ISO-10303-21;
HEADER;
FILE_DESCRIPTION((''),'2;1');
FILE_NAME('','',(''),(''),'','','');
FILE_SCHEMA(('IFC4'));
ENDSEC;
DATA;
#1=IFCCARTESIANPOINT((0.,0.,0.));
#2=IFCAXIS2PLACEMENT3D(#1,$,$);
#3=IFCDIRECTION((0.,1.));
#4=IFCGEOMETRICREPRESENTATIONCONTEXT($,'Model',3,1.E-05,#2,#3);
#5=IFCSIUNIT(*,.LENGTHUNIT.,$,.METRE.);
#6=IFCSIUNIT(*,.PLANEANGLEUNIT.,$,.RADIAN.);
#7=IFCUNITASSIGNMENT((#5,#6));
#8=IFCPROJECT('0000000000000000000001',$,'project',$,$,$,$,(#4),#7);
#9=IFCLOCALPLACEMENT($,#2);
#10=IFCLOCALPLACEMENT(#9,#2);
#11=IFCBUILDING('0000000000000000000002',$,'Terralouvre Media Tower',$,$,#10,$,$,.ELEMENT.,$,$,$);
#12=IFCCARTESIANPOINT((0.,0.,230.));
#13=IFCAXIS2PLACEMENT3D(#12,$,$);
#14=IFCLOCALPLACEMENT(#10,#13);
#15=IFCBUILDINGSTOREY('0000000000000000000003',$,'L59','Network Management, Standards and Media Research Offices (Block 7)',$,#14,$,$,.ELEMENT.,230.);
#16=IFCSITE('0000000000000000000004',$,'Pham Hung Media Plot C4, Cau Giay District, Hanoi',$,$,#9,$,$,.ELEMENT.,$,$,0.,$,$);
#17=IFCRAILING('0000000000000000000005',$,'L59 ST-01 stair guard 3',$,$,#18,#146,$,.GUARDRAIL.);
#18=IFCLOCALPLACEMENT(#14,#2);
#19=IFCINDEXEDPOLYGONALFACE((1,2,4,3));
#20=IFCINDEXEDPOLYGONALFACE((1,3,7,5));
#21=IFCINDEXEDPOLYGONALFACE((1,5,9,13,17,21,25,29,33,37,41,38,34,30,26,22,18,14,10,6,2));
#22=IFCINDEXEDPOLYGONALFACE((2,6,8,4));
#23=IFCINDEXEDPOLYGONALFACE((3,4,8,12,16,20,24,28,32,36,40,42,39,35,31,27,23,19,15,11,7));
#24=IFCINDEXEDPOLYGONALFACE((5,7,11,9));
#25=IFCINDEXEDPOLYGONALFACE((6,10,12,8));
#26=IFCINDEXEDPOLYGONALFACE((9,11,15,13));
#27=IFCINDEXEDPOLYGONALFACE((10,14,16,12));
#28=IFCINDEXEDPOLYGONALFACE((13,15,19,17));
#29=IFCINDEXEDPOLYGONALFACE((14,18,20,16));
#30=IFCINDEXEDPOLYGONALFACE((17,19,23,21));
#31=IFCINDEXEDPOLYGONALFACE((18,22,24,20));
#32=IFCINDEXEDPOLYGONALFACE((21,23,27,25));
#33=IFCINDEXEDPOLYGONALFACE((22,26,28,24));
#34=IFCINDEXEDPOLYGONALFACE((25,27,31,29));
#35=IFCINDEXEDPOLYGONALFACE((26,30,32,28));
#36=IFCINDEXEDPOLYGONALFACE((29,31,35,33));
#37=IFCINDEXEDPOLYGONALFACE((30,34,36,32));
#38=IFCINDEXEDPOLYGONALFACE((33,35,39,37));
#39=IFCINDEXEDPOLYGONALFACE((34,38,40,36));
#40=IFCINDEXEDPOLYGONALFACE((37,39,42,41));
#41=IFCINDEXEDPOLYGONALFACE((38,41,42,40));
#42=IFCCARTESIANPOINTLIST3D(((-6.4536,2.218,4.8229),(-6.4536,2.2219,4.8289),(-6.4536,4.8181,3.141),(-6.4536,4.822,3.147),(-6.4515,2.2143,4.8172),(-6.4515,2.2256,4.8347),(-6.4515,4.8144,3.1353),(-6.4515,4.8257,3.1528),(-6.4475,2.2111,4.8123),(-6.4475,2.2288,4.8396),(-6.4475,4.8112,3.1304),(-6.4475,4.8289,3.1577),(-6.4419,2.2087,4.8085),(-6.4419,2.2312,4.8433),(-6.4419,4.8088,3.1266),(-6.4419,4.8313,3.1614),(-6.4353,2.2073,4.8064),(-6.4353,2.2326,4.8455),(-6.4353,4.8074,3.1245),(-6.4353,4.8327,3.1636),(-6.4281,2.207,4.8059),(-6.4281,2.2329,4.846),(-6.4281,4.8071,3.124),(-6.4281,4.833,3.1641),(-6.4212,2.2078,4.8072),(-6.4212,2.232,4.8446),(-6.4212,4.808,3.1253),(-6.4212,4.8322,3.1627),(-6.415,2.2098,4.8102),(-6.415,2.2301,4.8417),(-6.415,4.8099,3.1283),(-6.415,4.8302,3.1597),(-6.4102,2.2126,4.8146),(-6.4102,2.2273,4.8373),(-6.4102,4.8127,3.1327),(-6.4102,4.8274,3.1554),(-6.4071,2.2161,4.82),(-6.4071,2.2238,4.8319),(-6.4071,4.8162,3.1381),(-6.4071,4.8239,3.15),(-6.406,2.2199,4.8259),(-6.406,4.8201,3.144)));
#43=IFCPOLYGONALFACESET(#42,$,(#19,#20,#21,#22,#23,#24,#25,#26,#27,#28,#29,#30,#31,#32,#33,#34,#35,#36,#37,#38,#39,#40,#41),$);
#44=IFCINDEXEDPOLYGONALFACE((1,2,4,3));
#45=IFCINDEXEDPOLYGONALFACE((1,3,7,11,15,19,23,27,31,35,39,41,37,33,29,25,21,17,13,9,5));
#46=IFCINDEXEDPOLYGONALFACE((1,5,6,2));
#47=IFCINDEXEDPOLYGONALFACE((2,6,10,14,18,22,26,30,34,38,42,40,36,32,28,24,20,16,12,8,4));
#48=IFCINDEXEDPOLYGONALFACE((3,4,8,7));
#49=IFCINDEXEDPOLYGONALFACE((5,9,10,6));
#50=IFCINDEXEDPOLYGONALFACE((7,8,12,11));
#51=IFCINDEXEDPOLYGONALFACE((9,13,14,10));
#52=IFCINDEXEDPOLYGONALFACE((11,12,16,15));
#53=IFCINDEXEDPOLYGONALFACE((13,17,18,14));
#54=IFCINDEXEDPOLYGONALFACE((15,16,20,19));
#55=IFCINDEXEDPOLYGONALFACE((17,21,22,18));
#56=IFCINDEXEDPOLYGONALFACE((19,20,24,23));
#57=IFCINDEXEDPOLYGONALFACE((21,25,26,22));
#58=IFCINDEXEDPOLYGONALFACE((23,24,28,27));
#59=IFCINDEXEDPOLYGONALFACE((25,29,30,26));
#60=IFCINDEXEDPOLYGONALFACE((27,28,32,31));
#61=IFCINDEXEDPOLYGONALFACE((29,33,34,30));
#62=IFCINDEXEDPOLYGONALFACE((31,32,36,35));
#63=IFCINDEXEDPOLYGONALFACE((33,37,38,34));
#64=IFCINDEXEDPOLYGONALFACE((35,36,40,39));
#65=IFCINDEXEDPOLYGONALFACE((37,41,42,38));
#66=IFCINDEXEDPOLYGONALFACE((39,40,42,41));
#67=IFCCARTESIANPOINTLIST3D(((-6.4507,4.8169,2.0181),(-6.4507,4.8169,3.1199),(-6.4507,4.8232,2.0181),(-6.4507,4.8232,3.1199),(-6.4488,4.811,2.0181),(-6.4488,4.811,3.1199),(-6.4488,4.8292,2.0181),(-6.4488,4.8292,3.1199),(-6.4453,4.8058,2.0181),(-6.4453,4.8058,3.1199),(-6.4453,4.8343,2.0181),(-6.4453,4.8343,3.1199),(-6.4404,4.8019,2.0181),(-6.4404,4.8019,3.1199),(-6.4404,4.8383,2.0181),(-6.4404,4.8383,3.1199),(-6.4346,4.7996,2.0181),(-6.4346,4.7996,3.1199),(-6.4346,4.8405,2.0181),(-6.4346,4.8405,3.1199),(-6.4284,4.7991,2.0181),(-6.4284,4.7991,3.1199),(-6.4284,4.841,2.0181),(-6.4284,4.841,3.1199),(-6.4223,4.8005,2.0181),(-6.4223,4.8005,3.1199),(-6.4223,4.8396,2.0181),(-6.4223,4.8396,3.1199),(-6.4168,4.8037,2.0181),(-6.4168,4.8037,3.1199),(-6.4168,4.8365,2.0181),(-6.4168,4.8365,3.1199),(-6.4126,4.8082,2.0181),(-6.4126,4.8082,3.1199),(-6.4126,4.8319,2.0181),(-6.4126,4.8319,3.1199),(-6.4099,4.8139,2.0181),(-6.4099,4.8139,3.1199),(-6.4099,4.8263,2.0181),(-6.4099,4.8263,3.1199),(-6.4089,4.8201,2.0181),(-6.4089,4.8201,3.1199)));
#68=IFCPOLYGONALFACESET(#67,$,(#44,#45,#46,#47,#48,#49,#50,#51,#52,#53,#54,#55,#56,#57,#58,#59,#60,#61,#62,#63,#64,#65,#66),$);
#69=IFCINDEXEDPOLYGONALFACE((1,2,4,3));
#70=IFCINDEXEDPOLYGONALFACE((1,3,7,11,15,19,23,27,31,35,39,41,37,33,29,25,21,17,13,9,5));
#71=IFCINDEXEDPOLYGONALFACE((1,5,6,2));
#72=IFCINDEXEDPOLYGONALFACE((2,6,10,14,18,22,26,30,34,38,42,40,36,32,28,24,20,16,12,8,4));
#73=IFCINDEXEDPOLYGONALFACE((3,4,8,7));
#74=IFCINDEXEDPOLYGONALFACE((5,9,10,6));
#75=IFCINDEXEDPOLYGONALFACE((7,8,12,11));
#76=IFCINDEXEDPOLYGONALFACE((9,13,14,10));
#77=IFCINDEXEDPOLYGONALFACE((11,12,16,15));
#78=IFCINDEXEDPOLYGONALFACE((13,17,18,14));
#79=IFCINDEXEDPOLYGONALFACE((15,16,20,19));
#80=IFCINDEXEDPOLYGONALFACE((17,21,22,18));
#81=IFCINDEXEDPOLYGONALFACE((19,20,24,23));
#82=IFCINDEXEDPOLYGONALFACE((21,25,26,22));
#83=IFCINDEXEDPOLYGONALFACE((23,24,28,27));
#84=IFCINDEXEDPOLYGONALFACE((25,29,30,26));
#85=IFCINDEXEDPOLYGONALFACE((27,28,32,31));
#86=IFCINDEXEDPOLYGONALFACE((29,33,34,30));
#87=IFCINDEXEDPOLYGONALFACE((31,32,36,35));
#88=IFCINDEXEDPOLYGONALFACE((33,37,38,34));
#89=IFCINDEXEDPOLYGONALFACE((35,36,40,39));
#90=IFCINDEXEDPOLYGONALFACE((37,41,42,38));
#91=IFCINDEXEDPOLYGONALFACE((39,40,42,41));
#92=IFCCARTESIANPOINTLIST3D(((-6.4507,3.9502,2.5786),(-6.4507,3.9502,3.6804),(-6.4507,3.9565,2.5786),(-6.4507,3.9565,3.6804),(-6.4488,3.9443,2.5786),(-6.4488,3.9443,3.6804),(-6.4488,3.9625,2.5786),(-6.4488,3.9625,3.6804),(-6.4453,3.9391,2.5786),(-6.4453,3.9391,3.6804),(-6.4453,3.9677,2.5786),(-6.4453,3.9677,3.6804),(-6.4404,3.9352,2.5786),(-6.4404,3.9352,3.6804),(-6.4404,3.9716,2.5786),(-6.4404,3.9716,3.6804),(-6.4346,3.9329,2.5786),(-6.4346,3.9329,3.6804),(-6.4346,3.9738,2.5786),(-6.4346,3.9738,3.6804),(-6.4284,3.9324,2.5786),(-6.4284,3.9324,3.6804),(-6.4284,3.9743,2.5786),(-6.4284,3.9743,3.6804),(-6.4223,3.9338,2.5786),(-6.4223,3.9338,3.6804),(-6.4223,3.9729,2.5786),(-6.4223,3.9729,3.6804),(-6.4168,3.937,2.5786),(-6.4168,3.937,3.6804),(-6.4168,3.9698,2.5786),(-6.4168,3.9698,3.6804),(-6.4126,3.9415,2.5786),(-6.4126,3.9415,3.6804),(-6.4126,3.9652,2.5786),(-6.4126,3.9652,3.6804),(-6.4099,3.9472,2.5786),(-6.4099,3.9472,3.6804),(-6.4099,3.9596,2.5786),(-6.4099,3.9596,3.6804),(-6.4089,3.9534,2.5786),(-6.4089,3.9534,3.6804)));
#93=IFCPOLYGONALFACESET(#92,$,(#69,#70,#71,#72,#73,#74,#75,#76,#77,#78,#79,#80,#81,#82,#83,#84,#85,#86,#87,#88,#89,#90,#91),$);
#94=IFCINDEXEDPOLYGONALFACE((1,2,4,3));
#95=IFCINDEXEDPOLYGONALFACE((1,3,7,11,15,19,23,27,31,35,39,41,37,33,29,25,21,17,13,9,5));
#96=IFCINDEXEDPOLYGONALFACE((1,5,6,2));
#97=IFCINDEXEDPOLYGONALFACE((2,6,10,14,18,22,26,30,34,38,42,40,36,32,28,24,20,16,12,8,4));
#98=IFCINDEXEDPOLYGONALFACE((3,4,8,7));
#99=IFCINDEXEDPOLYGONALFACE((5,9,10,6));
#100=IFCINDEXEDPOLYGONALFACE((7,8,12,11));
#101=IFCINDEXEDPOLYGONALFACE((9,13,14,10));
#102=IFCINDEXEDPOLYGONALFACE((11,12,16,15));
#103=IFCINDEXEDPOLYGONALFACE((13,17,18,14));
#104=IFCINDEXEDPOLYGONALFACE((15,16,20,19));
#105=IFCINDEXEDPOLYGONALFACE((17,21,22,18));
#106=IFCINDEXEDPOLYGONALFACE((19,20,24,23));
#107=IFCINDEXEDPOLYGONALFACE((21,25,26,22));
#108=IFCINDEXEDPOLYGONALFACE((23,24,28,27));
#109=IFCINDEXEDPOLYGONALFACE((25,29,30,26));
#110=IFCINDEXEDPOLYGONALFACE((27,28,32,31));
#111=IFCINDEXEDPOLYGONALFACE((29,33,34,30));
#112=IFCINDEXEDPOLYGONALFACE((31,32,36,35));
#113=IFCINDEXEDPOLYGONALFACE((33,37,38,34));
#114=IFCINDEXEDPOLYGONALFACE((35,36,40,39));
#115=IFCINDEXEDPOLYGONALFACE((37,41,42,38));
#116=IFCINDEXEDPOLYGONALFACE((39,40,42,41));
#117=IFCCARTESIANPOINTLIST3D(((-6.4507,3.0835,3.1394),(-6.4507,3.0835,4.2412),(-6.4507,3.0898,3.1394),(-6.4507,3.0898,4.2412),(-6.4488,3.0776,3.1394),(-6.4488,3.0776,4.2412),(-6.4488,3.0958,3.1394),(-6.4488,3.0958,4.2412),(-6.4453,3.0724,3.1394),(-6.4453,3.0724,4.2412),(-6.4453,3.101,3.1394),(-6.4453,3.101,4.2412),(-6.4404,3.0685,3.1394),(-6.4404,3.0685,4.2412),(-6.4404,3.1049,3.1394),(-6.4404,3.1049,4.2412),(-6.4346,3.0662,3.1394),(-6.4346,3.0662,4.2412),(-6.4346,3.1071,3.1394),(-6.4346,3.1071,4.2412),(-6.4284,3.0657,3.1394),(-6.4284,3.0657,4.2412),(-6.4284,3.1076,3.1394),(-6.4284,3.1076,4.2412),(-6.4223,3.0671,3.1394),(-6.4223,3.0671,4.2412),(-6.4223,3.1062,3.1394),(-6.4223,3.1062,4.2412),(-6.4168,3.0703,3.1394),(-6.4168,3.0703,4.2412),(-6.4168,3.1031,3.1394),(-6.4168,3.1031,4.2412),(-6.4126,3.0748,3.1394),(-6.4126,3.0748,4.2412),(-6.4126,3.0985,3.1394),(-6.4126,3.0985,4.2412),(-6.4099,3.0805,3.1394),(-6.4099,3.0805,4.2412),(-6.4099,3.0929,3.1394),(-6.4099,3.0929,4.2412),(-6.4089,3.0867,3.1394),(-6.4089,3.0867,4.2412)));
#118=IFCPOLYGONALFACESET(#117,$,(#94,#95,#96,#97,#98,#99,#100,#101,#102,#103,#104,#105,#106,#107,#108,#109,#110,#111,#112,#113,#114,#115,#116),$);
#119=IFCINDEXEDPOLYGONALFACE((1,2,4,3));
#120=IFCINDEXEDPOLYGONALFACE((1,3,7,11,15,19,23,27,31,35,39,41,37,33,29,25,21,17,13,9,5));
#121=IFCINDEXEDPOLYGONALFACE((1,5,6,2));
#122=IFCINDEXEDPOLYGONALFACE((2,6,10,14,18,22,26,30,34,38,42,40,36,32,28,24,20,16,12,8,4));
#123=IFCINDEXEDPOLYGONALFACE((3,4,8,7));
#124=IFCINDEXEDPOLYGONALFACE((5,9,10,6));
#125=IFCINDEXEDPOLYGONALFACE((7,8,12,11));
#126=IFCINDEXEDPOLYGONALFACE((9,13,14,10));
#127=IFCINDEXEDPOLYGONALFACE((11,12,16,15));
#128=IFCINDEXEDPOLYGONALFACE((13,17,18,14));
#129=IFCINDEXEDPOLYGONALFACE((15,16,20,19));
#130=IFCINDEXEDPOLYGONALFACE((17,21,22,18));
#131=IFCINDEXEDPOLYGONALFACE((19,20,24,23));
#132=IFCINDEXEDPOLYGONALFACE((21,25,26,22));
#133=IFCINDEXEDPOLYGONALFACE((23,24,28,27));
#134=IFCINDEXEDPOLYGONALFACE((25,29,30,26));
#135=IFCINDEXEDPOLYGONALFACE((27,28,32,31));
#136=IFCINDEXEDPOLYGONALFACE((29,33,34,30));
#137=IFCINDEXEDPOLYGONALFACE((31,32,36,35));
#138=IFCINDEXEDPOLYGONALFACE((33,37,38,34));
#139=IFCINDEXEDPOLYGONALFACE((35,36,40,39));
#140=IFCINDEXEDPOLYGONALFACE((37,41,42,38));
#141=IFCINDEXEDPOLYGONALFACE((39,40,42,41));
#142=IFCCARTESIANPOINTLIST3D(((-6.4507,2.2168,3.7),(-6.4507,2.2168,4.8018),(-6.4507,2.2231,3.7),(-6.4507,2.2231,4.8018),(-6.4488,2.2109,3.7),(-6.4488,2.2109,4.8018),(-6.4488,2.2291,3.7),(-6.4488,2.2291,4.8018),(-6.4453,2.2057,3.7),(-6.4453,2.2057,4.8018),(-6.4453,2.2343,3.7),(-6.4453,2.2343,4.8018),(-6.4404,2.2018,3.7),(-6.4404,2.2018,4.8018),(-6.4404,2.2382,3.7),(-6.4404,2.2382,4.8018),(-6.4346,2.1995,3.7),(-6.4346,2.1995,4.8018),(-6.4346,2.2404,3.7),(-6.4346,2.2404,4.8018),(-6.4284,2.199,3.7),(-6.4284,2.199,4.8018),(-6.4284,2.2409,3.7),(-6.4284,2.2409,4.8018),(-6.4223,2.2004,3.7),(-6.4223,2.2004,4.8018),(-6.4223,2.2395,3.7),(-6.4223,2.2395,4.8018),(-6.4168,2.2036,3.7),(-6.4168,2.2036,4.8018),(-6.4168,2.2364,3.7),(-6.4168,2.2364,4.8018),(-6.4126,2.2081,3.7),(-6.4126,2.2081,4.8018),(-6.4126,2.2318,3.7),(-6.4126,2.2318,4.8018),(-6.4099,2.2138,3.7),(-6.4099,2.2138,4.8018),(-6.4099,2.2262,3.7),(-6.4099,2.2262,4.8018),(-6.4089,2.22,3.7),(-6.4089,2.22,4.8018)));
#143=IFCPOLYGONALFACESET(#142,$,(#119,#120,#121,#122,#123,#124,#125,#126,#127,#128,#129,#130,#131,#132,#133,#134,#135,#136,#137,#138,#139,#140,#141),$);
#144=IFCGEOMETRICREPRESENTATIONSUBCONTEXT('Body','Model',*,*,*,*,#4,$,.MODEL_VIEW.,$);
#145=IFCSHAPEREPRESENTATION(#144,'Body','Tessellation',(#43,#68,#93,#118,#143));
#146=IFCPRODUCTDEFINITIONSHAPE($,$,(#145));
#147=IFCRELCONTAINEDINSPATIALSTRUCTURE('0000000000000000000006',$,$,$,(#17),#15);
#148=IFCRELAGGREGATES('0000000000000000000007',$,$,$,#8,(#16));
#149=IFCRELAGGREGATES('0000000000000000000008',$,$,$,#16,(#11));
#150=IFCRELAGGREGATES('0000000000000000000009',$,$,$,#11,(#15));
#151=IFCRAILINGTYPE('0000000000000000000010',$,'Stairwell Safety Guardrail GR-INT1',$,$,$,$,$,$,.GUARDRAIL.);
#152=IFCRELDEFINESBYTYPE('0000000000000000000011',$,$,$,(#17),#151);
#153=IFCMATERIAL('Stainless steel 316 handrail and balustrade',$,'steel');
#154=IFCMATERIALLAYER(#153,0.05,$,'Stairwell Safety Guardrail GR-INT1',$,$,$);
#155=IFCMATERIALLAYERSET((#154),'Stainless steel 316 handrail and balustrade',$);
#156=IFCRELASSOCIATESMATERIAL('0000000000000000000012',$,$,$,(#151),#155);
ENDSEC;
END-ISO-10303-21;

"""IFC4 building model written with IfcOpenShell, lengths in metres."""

from ifc_helpers import new_model, si_unit, direction, frame, origin, origin_2d, place, context, subcontext, project, spatial, circle, extrude, material, layer, layer_set, type_object, element, save


model = new_model("IFC4")

# Units and contexts
model_context = context("Model", 3, precision=1e-05, world=origin(), true_north=direction((0.0, 1.0)))
body_context = subcontext(model_context, "Body", "Model", "MODEL_VIEW")
ifc_project = project(units=[si_unit("LENGTHUNIT", "METRE"), si_unit("PLANEANGLEUNIT", "RADIAN")], contexts=[model_context])

# Site, building, storey
site_placement = place(None, origin())
site = spatial("IfcSite", under=ifc_project, at=site_placement, Name="Pham Hung Media Plot C4, Cau Giay District, Hanoi", CompositionType="ELEMENT", RefElevation=0.0)
building_placement = place(site_placement, origin())
building = spatial("IfcBuilding", under=site, at=building_placement, Name="Terralouvre Media Tower", CompositionType="ELEMENT")
storey_placement = place(building_placement, frame((0.0, 0.0, 230.0)))
storey = spatial("IfcBuildingStorey", under=building, at=storey_placement, Name="L59", Description="Network Management, Standards and Media Research Offices (Block 7)", CompositionType="ELEMENT", Elevation=230.0)

# Railing
ifc_material_1 = material(Name="Stainless steel 316 handrail and balustrade", Category="steel")
ifc_layer_1 = layer(ifc_material_1, 0.05, Name="Stairwell Safety Guardrail GR-INT1")
ifc_layer_set_1 = layer_set([ifc_layer_1], Name="Stainless steel 316 handrail and balustrade")
railing_type_1 = type_object("IfcRailingType", Name="Stairwell Safety Guardrail GR-INT1", PredefinedType="GUARDRAIL", material=ifc_layer_set_1)
railing_1_placement = place(storey_placement, frame((-6.4299, 4.8201, 2.0181)))
element("IfcRailing", 1, at=railing_1_placement, inside=storey, type_object=railing_type_1, Name="L59 ST-01 stair guard 3", PredefinedType="GUARDRAIL", context=body_context, shape_type="SweptSolid", body=[
    extrude(circle(Radius=0.0239, at=origin_2d()), frame((0.0, 0.0, 1.126), z_axis=(0.0, -0.839648, 0.54313), x_axis=(1.0, 0.0, 0.0)), (0.0, 0.0, 1.0), 3.0967),
    extrude(circle(Radius=0.021, at=origin_2d()), origin(), (0.0, 0.0, 1.0), 1.1018),
    extrude(circle(Radius=0.021, at=origin_2d()), frame((0.0, -0.8667, 0.5605)), (0.0, 0.0, 1.0), 1.1018),
    extrude(circle(Radius=0.021, at=origin_2d()), frame((0.0, -1.7334, 1.1213)), (0.0, 0.0, 1.0), 1.1018),
    extrude(circle(Radius=0.021, at=origin_2d()), frame((0.0, -2.6001, 1.6819)), (0.0, 0.0, 1.0), 1.1018),
])

save(model, "model.ifc")
